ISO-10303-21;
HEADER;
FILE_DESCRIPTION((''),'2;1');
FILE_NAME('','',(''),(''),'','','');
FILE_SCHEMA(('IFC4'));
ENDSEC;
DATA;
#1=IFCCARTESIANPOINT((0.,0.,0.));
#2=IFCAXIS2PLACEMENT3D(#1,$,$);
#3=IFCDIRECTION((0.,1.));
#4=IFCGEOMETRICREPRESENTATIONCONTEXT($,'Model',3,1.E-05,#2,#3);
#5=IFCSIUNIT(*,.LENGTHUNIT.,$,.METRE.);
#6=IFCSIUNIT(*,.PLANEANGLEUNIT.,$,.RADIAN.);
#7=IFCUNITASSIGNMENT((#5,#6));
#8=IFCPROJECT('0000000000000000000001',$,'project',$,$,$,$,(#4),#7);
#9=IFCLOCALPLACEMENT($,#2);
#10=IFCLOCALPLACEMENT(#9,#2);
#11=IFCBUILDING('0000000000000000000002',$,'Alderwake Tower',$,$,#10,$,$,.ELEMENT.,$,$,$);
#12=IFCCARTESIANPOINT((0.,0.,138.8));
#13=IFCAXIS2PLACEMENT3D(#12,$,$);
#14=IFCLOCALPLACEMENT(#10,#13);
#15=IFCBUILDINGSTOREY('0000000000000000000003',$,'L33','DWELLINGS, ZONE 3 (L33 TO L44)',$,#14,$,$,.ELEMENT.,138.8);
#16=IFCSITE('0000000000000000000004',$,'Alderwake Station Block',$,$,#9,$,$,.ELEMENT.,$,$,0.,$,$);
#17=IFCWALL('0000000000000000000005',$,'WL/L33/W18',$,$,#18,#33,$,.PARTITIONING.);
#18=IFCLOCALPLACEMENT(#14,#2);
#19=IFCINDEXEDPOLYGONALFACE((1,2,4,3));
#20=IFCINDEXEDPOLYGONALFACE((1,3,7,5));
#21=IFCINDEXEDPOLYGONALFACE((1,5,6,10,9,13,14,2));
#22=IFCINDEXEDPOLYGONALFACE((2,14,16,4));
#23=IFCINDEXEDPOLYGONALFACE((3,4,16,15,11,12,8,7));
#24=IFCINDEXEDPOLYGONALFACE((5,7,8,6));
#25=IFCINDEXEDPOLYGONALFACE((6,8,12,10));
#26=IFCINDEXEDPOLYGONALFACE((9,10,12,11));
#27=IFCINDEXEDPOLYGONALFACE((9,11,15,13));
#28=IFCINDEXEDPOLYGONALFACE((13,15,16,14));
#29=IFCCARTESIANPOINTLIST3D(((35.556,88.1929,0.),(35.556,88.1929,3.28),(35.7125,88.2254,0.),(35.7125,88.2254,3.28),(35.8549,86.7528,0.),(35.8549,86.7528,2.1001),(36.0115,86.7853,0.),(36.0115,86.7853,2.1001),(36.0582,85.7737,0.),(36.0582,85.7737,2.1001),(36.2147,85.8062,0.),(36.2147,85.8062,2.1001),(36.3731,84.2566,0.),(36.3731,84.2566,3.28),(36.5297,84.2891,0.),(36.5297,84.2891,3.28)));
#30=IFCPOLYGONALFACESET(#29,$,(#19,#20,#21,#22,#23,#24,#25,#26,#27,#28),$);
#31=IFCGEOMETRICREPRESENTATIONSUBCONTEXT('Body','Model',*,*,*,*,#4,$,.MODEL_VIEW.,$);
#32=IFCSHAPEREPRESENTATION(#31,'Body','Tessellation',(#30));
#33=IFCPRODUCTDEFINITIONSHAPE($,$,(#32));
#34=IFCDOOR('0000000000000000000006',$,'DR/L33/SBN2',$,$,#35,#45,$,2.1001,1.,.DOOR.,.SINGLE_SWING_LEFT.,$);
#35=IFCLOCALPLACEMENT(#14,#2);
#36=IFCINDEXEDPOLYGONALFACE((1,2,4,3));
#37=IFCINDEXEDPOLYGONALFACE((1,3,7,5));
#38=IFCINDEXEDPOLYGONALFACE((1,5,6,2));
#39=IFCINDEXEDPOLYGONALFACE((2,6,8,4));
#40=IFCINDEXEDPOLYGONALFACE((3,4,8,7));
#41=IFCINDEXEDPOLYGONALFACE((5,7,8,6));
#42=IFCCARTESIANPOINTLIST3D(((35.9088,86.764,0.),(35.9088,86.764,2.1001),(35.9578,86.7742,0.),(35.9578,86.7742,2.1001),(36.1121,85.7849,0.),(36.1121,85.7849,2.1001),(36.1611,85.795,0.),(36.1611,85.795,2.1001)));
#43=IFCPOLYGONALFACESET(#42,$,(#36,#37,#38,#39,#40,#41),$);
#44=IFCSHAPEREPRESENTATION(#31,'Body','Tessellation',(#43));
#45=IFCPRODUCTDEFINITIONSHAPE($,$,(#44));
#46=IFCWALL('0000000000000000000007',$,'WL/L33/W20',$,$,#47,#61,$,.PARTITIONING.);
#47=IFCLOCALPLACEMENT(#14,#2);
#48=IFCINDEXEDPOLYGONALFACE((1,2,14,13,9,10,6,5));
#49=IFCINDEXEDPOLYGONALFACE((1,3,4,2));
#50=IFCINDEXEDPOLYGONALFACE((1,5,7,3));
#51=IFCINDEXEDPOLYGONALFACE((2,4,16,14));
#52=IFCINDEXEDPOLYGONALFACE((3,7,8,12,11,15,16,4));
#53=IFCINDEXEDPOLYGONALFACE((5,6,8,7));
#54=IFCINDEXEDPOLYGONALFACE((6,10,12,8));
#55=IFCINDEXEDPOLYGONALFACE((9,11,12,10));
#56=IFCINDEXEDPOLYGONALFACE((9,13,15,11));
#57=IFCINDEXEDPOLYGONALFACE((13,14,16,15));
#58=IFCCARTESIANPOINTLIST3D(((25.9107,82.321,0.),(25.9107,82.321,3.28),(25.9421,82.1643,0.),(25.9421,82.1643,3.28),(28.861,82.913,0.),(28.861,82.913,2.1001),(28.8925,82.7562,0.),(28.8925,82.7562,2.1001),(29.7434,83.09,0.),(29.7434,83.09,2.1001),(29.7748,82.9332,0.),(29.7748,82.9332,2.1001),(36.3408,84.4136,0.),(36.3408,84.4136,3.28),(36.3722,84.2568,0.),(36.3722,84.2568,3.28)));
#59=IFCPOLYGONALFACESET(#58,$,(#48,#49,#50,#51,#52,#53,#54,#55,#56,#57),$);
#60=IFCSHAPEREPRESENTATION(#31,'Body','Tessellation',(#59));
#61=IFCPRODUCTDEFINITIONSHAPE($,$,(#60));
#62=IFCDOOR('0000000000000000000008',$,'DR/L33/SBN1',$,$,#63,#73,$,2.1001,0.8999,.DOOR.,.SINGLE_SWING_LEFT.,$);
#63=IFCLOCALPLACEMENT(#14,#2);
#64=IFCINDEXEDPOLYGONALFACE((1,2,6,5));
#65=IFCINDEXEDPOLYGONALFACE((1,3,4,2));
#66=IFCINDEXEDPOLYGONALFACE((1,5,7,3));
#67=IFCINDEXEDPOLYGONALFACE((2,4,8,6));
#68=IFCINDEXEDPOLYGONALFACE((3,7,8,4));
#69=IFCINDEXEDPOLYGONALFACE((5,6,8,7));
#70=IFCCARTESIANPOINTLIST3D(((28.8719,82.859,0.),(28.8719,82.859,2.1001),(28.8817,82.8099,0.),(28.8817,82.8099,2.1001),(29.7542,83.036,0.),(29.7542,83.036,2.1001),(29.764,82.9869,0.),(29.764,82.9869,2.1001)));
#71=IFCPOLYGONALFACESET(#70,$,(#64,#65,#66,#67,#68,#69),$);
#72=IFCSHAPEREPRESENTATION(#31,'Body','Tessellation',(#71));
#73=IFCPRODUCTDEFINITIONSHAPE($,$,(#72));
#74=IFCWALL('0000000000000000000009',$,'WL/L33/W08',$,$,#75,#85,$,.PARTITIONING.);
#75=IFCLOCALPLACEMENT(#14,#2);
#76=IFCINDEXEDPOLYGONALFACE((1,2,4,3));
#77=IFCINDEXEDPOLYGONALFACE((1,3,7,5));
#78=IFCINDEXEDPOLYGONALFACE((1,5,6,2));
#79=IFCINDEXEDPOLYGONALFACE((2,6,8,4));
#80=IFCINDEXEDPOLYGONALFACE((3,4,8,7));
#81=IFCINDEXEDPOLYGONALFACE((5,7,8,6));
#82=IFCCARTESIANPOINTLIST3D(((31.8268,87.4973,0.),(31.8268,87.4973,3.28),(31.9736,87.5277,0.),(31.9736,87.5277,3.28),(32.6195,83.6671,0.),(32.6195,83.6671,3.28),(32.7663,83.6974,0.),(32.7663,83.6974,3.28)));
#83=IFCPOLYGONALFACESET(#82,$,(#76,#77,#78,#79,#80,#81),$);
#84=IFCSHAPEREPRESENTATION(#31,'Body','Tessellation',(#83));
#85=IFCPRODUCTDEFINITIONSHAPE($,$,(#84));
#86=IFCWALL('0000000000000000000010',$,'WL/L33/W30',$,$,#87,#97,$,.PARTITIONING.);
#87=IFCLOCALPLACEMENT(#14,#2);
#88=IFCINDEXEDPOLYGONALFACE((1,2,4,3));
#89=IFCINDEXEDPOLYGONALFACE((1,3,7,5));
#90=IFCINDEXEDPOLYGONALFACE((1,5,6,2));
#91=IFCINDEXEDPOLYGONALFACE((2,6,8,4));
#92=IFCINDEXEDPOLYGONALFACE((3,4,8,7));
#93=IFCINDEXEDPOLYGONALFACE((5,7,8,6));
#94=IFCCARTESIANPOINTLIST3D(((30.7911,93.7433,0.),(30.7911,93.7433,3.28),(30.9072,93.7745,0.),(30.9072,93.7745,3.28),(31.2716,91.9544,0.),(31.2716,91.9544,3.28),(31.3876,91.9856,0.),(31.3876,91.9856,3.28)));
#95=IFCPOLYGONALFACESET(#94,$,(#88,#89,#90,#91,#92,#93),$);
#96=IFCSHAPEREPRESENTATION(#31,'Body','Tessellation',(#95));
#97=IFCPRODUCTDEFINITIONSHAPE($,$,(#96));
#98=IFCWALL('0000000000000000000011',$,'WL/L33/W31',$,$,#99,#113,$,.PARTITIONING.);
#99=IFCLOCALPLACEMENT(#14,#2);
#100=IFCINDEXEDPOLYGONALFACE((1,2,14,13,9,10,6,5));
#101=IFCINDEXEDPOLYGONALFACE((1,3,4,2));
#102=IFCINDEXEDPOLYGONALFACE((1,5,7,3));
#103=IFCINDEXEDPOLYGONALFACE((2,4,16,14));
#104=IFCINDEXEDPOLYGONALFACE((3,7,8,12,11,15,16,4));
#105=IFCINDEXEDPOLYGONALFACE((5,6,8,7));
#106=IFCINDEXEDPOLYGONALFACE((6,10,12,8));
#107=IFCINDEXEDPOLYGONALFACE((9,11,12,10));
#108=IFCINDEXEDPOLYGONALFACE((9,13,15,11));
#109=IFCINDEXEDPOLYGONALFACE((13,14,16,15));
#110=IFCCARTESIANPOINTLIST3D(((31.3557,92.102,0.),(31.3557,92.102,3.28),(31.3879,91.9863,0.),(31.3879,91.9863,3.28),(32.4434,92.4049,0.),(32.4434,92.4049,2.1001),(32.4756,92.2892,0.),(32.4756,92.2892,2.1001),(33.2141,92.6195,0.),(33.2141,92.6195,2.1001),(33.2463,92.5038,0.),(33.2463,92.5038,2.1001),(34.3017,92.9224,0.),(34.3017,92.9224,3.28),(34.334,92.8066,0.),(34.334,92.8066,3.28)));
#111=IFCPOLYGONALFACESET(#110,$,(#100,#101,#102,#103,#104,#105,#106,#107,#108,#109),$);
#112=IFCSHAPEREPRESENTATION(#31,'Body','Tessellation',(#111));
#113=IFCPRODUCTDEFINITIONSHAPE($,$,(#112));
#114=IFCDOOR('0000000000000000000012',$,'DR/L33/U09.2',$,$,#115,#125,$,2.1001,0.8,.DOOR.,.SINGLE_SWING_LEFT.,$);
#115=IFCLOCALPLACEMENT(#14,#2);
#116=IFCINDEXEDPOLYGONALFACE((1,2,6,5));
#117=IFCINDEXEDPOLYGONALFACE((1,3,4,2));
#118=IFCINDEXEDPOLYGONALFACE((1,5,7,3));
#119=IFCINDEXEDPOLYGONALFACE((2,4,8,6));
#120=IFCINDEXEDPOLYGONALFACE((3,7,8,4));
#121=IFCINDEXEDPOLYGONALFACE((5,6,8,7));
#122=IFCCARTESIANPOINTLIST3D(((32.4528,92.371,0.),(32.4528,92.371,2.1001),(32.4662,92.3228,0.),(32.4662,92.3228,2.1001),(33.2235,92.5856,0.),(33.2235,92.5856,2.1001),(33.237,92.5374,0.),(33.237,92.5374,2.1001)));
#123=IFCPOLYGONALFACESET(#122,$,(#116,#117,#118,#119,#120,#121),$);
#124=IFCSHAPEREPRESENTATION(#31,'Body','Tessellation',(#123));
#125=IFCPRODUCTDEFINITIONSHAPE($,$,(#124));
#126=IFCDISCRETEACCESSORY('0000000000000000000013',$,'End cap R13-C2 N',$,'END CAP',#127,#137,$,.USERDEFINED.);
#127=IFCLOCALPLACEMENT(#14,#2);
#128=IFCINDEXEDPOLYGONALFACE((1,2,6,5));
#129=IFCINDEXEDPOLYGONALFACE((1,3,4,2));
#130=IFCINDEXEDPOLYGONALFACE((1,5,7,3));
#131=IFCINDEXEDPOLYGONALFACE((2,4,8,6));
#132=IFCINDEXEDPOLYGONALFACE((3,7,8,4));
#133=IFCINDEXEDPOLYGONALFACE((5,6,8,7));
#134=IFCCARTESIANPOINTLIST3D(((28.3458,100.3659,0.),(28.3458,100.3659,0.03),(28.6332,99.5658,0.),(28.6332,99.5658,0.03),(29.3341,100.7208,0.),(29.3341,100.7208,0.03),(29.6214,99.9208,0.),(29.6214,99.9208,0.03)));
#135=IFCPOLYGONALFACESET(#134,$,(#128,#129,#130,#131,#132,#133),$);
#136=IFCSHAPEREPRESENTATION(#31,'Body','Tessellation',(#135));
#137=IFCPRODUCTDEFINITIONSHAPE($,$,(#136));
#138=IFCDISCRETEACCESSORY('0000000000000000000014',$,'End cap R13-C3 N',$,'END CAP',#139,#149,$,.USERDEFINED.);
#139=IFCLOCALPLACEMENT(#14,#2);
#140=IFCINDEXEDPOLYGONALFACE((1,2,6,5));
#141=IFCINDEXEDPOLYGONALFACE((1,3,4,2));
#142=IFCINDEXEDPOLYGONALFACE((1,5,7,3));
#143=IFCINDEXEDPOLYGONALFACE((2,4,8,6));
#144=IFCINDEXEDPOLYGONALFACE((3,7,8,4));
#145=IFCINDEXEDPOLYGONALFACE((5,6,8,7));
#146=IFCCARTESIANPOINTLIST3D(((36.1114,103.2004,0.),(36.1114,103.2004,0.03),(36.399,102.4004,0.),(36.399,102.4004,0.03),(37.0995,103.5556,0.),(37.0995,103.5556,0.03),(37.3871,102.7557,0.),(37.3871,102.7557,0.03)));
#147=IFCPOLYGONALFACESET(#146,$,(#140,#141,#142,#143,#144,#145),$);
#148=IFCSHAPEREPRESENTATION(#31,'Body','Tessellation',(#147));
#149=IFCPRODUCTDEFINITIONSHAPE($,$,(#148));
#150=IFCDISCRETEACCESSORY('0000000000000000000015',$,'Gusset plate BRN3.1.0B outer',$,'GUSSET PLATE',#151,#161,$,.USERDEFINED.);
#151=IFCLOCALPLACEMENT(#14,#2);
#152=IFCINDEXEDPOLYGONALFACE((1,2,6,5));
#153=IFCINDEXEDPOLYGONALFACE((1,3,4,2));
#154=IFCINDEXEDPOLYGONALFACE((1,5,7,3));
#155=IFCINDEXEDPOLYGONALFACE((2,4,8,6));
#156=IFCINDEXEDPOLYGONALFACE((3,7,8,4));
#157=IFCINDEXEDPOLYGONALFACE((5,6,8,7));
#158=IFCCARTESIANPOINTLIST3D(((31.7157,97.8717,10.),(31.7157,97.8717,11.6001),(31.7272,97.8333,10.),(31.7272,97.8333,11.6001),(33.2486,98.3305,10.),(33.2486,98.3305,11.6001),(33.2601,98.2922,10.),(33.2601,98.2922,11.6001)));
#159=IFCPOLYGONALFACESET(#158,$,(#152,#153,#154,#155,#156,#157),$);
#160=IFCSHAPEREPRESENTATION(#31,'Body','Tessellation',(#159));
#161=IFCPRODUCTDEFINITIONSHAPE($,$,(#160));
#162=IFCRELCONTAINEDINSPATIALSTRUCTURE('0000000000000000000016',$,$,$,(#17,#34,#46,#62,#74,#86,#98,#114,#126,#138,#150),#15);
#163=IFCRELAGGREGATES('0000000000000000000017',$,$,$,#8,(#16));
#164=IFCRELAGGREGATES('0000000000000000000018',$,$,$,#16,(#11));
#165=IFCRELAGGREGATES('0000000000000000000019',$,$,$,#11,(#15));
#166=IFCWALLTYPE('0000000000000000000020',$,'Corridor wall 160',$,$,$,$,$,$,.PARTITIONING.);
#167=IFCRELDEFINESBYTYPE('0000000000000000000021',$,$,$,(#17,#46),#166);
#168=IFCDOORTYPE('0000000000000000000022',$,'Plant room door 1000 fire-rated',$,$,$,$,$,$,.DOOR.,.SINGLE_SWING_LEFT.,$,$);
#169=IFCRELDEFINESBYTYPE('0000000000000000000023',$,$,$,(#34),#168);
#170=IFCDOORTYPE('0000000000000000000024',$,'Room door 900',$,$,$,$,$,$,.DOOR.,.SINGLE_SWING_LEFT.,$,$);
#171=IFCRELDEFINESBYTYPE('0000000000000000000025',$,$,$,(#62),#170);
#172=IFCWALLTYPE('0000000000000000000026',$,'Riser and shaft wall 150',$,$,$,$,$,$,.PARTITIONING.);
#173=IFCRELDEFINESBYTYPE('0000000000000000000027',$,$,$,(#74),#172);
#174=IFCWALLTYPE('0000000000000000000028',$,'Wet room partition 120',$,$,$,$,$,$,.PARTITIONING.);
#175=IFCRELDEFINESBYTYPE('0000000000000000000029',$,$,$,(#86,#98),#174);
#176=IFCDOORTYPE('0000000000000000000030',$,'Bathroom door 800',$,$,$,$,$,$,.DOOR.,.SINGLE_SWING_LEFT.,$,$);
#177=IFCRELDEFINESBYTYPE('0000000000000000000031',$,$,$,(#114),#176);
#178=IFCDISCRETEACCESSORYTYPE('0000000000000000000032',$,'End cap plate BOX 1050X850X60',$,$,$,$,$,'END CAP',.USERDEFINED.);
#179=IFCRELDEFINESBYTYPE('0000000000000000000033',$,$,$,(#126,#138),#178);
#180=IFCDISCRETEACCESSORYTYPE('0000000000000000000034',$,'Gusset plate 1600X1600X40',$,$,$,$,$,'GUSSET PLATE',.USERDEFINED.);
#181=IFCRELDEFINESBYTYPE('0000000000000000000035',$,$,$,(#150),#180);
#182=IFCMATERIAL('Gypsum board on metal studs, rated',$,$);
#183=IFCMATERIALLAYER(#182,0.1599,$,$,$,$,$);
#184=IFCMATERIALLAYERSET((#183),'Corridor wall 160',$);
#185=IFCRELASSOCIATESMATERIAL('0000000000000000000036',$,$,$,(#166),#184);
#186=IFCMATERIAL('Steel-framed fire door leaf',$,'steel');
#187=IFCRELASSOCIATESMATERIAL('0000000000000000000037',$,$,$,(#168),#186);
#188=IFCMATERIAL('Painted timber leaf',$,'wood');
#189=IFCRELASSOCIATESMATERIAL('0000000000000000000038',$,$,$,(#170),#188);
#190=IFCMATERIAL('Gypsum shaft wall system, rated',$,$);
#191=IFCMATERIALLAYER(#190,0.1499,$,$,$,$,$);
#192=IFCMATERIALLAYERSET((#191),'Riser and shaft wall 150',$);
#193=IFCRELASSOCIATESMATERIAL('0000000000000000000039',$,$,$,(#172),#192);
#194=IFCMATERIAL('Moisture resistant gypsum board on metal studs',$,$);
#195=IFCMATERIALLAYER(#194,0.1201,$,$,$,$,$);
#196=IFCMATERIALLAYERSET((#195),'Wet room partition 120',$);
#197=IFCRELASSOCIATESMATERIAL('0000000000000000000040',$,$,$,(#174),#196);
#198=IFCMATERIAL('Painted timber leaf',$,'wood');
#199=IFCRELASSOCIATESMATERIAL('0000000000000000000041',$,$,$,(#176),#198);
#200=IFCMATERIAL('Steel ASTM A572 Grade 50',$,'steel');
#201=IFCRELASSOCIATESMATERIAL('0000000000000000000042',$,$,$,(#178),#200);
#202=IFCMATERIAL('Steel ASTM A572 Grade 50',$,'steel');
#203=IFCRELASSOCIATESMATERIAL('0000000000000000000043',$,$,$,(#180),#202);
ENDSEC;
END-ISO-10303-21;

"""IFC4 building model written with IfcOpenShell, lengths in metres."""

from ifc_helpers import new_model, si_unit, direction, frame, frame_2d, origin, origin_2d, place, context, subcontext, project, spatial, rectangle, extrude, material, layer, layer_set, material_profile, profile_set, type_object, element, fill, save


model = new_model("IFC4")

# Units and contexts
model_context = context("Model", 3, precision=1e-05, world=origin(), true_north=direction((0.0, 1.0)))
body_context = subcontext(model_context, "Body", "Model", "MODEL_VIEW")
ifc_project = project(units=[si_unit("LENGTHUNIT", "METRE"), si_unit("PLANEANGLEUNIT", "RADIAN")], contexts=[model_context])

# Site, building, storey
site_placement = place(None, origin())
site = spatial("IfcSite", under=ifc_project, at=site_placement, Name="Alderwake Station Block", CompositionType="ELEMENT", RefElevation=0.0)
building_placement = place(site_placement, origin())
building = spatial("IfcBuilding", under=site, at=building_placement, Name="Alderwake Tower", CompositionType="ELEMENT")
storey_placement = place(building_placement, frame((0.0, 0.0, 138.8)))
storey = spatial("IfcBuildingStorey", under=building, at=storey_placement, Name="L33", Description="DWELLINGS, ZONE 3 (L33 TO L44)", CompositionType="ELEMENT", Elevation=138.8)

# Shared definitions
ifc_material_1 = material(Name="Gypsum board on metal studs, rated")
ifc_layer_1 = layer(ifc_material_1, 0.1599)
ifc_layer_set_1 = layer_set([ifc_layer_1], Name="Corridor wall 160")
wall_type_1 = type_object("IfcWallType", Name="Corridor wall 160", PredefinedType="PARTITIONING", material=ifc_layer_set_1)

# Walls, openings, doors
wall_1_placement = place(storey_placement, frame((36.4514, 84.2727, 0.0), z_axis=(0.0, 0.0, 1.0), x_axis=(-0.203258, 0.979125, 0.0)))
wall_1 = element("IfcWall", 1, at=wall_1_placement, inside=storey, type_object=wall_type_1, Name="WL/L33/W18", PredefinedType="PARTITIONING", context=body_context, shape_type="SweptSolid", body=[
    extrude(rectangle(XDim=4.0203, YDim=0.1599, at=frame_2d((2.0103, 0.0))), origin(), (0.0, 0.0, 1.0), 3.28),
])
opening_1_placement = place(wall_1_placement, frame((1.5496, 0.0, 0.0)))
opening_1 = element("IfcOpeningElement", 2, at=opening_1_placement, cuts=wall_1, PredefinedType="OPENING", context=body_context, shape_type="SweptSolid", body=[
    extrude(rectangle(XDim=1.0, YDim=2.1001, at=frame_2d((0.5, 1.05))), frame((0.0, 0.0898, 0.0), z_axis=(0.0, -1.0, 0.0), x_axis=(1.0, 0.0, 0.0)), (0.0, 0.0, 1.0), 0.1799),
])
ifc_material_2 = material(Name="Steel-framed fire door leaf", Category="steel")
door_type_1 = type_object("IfcDoorType", Name="Plant room door 1000 fire-rated", OperationType="SINGLE_SWING_LEFT", PredefinedType="DOOR", material=ifc_material_2)
door_1_placement = place(opening_1_placement, origin())
door_1 = element("IfcDoor", 3, at=door_1_placement, inside=storey, type_object=door_type_1, Name="DR/L33/SBN2", OperationType="SINGLE_SWING_LEFT", OverallHeight=2.1001, OverallWidth=1.0, PredefinedType="DOOR", context=body_context, shape_type="SweptSolid", body=[
    extrude(rectangle(XDim=1.0, YDim=2.1001, at=frame_2d((0.5, 1.05))), frame((0.0, 0.0249, 0.0), z_axis=(0.0, -1.0, 0.0), x_axis=(1.0, 0.0, 0.0)), (0.0, 0.0, 1.0), 0.05),
])
fill(opening_1, door_1)
wall_2_placement = place(storey_placement, frame((25.9265, 82.2427, 0.0), z_axis=(0.0, 0.0, 1.0), x_axis=(0.980463, 0.196703, 0.0)))
wall_2 = element("IfcWall", 4, at=wall_2_placement, inside=storey, type_object=wall_type_1, Name="WL/L33/W20", PredefinedType="PARTITIONING", context=body_context, shape_type="SweptSolid", body=[
    extrude(rectangle(XDim=10.6379, YDim=0.1599, at=frame_2d((5.3188, 0.0))), origin(), (0.0, 0.0, 1.0), 3.28),
])
opening_2_placement = place(wall_2_placement, frame((3.009, 0.0, 0.0)))
opening_2 = element("IfcOpeningElement", 5, at=opening_2_placement, cuts=wall_2, PredefinedType="OPENING", context=body_context, shape_type="SweptSolid", body=[
    extrude(rectangle(XDim=0.8999, YDim=2.1001, at=frame_2d((0.45, 1.05))), frame((0.0, 0.0898, 0.0), z_axis=(0.0, -1.0, 0.0), x_axis=(1.0, 0.0, 0.0)), (0.0, 0.0, 1.0), 0.1799),
])
ifc_material_3 = material(Name="Painted timber leaf", Category="wood")
door_type_2 = type_object("IfcDoorType", Name="Room door 900", OperationType="SINGLE_SWING_LEFT", PredefinedType="DOOR", material=ifc_material_3)
door_2_placement = place(opening_2_placement, origin())
door_2 = element("IfcDoor", 6, at=door_2_placement, inside=storey, type_object=door_type_2, Name="DR/L33/SBN1", OperationType="SINGLE_SWING_LEFT", OverallHeight=2.1001, OverallWidth=0.8999, PredefinedType="DOOR", context=body_context, shape_type="SweptSolid", body=[
    extrude(rectangle(XDim=0.8999, YDim=2.1001, at=frame_2d((0.45, 1.05))), frame((0.0, 0.0249, 0.0), z_axis=(0.0, -1.0, 0.0), x_axis=(1.0, 0.0, 0.0)), (0.0, 0.0, 1.0), 0.05),
])
fill(opening_2, door_2)

# Walls
ifc_material_4 = material(Name="Gypsum shaft wall system, rated")
ifc_layer_2 = layer(ifc_material_4, 0.1499)
ifc_layer_set_2 = layer_set([ifc_layer_2], Name="Riser and shaft wall 150")
wall_type_2 = type_object("IfcWallType", Name="Riser and shaft wall 150", PredefinedType="PARTITIONING", material=ifc_layer_set_2)
wall_3_placement = place(storey_placement, frame((32.6929, 83.6824, 0.0), z_axis=(0.0, 0.0, 1.0), x_axis=(-0.202665, 0.979248, 0.0)))
element("IfcWall", 7, at=wall_3_placement, inside=storey, type_object=wall_type_2, Name="WL/L33/W08", PredefinedType="PARTITIONING", context=body_context, shape_type="SweptSolid", body=[
    extrude(rectangle(XDim=3.9114, YDim=0.1499, at=frame_2d((1.9556, 0.0))), origin(), (0.0, 0.0, 1.0), 3.28),
])
ifc_material_5 = material(Name="Moisture resistant gypsum board on metal studs")
ifc_layer_3 = layer(ifc_material_5, 0.1201)
ifc_layer_set_3 = layer_set([ifc_layer_3], Name="Wet room partition 120")
wall_type_3 = type_object("IfcWallType", Name="Wet room partition 120", PredefinedType="PARTITIONING", material=ifc_layer_set_3)
wall_4_placement = place(storey_placement, frame((30.8491, 93.759, 0.0), z_axis=(0.0, 0.0, 1.0), x_axis=(0.259401, -0.96577, 0.0)))
element("IfcWall", 8, at=wall_4_placement, inside=storey, type_object=wall_type_3, Name="WL/L33/W30", PredefinedType="PARTITIONING", context=body_context, shape_type="SweptSolid", body=[
    extrude(rectangle(XDim=1.8523, YDim=0.1201, at=frame_2d((0.9263, 0.0))), origin(), (0.0, 0.0, 1.0), 3.28),
])

# Wall, opening, door
wall_5_placement = place(storey_placement, frame((31.3718, 92.0442, 0.0), z_axis=(0.0, 0.0, 1.0), x_axis=(0.963352, 0.268241, 0.0)))
wall_5 = element("IfcWall", 9, at=wall_5_placement, inside=storey, type_object=wall_type_3, Name="WL/L33/W31", PredefinedType="PARTITIONING", context=body_context, shape_type="SweptSolid", body=[
    extrude(rectangle(XDim=3.0581, YDim=0.1201, at=frame_2d((1.5291, 0.0))), origin(), (0.0, 0.0, 1.0), 3.28),
])
opening_3_placement = place(wall_5_placement, frame((1.1292, 0.0, 0.0)))
opening_3 = element("IfcOpeningElement", 10, at=opening_3_placement, cuts=wall_5, PredefinedType="OPENING", context=body_context, shape_type="SweptSolid", body=[
    extrude(rectangle(XDim=0.8, YDim=2.1001, at=frame_2d((0.3999, 1.05))), frame((0.0, 0.0701, 0.0), z_axis=(0.0, -1.0, 0.0), x_axis=(1.0, 0.0, 0.0)), (0.0, 0.0, 1.0), 0.1401),
])
ifc_material_6 = material(Name="Painted timber leaf", Category="wood")
door_type_3 = type_object("IfcDoorType", Name="Bathroom door 800", OperationType="SINGLE_SWING_LEFT", PredefinedType="DOOR", material=ifc_material_6)
door_3_placement = place(opening_3_placement, origin())
door_3 = element("IfcDoor", 11, at=door_3_placement, inside=storey, type_object=door_type_3, Name="DR/L33/U09.2", OperationType="SINGLE_SWING_LEFT", OverallHeight=2.1001, OverallWidth=0.8, PredefinedType="DOOR", context=body_context, shape_type="SweptSolid", body=[
    extrude(rectangle(XDim=0.8, YDim=2.1001, at=frame_2d((0.3999, 1.05))), frame((0.0, 0.0249, 0.0), z_axis=(0.0, -1.0, 0.0), x_axis=(1.0, 0.0, 0.0)), (0.0, 0.0, 1.0), 0.05),
])
fill(opening_3, door_3)

# Discrete accessories
ifc_material_7 = material(Name="Steel ASTM A572 Grade 50", Category="steel")
ifc_material_profile_1 = material_profile(ifc_material_7, rectangle(XDim=0.8501, YDim=1.05, at=origin_2d()), Name="BOX 1050X850X60 cap")
ifc_profile_set_1 = profile_set([ifc_material_profile_1], Name="Steel ASTM A572 Grade 50")
discrete_accessory_type_1 = type_object("IfcDiscreteAccessoryType", Name="End cap plate BOX 1050X850X60", ElementType="END CAP", PredefinedType="USERDEFINED", material=ifc_profile_set_1)
for number, where, z_axis, x_axis, name in (
    (12, (28.9836, 100.1433, 0.0), (0.0, 0.0, 1.0), (-0.338027, 0.941136, 0.0), "End cap R13-C2 N"),
    (13, (36.7493, 102.978, 0.0), (0.0, 0.0, 1.0), (-0.338352, 0.94102, 0.0), "End cap R13-C3 N"),
):
    element("IfcDiscreteAccessory", number, at=place(storey_placement, frame(where, z_axis=z_axis, x_axis=x_axis)), inside=storey, type_object=discrete_accessory_type_1, Name=name, ObjectType="END CAP", PredefinedType="USERDEFINED", context=body_context, shape_type="SweptSolid", body=[
        extrude(rectangle(XDim=0.8501, YDim=1.05, at=origin_2d()), origin(), (0.0, 0.0, 1.0), 0.03),
    ])
ifc_material_8 = material(Name="Steel ASTM A572 Grade 50", Category="steel")
ifc_material_profile_2 = material_profile(ifc_material_8, rectangle(XDim=1.6001, YDim=1.6001, at=origin_2d()), Name="gusset 1600X1600")
ifc_profile_set_2 = profile_set([ifc_material_profile_2], Name="Steel ASTM A572 Grade 50")
discrete_accessory_type_2 = type_object("IfcDiscreteAccessoryType", Name="Gusset plate 1600X1600X40", ElementType="GUSSET PLATE", PredefinedType="USERDEFINED", material=ifc_profile_set_2)
discrete_accessory_1_placement = place(storey_placement, frame((32.4937, 98.0627, 10.8), z_axis=(-0.286788, 0.957994, 0.0), x_axis=(-0.957994, -0.286788, 0.0)))
element("IfcDiscreteAccessory", 14, at=discrete_accessory_1_placement, inside=storey, type_object=discrete_accessory_type_2, Name="Gusset plate BRN3.1.0B outer", ObjectType="GUSSET PLATE", PredefinedType="USERDEFINED", context=body_context, shape_type="SweptSolid", body=[
    extrude(rectangle(XDim=1.6001, YDim=1.6001, at=origin_2d()), origin(), (0.0, 0.0, 1.0), 0.04),
])

save(model, "model.ifc")
